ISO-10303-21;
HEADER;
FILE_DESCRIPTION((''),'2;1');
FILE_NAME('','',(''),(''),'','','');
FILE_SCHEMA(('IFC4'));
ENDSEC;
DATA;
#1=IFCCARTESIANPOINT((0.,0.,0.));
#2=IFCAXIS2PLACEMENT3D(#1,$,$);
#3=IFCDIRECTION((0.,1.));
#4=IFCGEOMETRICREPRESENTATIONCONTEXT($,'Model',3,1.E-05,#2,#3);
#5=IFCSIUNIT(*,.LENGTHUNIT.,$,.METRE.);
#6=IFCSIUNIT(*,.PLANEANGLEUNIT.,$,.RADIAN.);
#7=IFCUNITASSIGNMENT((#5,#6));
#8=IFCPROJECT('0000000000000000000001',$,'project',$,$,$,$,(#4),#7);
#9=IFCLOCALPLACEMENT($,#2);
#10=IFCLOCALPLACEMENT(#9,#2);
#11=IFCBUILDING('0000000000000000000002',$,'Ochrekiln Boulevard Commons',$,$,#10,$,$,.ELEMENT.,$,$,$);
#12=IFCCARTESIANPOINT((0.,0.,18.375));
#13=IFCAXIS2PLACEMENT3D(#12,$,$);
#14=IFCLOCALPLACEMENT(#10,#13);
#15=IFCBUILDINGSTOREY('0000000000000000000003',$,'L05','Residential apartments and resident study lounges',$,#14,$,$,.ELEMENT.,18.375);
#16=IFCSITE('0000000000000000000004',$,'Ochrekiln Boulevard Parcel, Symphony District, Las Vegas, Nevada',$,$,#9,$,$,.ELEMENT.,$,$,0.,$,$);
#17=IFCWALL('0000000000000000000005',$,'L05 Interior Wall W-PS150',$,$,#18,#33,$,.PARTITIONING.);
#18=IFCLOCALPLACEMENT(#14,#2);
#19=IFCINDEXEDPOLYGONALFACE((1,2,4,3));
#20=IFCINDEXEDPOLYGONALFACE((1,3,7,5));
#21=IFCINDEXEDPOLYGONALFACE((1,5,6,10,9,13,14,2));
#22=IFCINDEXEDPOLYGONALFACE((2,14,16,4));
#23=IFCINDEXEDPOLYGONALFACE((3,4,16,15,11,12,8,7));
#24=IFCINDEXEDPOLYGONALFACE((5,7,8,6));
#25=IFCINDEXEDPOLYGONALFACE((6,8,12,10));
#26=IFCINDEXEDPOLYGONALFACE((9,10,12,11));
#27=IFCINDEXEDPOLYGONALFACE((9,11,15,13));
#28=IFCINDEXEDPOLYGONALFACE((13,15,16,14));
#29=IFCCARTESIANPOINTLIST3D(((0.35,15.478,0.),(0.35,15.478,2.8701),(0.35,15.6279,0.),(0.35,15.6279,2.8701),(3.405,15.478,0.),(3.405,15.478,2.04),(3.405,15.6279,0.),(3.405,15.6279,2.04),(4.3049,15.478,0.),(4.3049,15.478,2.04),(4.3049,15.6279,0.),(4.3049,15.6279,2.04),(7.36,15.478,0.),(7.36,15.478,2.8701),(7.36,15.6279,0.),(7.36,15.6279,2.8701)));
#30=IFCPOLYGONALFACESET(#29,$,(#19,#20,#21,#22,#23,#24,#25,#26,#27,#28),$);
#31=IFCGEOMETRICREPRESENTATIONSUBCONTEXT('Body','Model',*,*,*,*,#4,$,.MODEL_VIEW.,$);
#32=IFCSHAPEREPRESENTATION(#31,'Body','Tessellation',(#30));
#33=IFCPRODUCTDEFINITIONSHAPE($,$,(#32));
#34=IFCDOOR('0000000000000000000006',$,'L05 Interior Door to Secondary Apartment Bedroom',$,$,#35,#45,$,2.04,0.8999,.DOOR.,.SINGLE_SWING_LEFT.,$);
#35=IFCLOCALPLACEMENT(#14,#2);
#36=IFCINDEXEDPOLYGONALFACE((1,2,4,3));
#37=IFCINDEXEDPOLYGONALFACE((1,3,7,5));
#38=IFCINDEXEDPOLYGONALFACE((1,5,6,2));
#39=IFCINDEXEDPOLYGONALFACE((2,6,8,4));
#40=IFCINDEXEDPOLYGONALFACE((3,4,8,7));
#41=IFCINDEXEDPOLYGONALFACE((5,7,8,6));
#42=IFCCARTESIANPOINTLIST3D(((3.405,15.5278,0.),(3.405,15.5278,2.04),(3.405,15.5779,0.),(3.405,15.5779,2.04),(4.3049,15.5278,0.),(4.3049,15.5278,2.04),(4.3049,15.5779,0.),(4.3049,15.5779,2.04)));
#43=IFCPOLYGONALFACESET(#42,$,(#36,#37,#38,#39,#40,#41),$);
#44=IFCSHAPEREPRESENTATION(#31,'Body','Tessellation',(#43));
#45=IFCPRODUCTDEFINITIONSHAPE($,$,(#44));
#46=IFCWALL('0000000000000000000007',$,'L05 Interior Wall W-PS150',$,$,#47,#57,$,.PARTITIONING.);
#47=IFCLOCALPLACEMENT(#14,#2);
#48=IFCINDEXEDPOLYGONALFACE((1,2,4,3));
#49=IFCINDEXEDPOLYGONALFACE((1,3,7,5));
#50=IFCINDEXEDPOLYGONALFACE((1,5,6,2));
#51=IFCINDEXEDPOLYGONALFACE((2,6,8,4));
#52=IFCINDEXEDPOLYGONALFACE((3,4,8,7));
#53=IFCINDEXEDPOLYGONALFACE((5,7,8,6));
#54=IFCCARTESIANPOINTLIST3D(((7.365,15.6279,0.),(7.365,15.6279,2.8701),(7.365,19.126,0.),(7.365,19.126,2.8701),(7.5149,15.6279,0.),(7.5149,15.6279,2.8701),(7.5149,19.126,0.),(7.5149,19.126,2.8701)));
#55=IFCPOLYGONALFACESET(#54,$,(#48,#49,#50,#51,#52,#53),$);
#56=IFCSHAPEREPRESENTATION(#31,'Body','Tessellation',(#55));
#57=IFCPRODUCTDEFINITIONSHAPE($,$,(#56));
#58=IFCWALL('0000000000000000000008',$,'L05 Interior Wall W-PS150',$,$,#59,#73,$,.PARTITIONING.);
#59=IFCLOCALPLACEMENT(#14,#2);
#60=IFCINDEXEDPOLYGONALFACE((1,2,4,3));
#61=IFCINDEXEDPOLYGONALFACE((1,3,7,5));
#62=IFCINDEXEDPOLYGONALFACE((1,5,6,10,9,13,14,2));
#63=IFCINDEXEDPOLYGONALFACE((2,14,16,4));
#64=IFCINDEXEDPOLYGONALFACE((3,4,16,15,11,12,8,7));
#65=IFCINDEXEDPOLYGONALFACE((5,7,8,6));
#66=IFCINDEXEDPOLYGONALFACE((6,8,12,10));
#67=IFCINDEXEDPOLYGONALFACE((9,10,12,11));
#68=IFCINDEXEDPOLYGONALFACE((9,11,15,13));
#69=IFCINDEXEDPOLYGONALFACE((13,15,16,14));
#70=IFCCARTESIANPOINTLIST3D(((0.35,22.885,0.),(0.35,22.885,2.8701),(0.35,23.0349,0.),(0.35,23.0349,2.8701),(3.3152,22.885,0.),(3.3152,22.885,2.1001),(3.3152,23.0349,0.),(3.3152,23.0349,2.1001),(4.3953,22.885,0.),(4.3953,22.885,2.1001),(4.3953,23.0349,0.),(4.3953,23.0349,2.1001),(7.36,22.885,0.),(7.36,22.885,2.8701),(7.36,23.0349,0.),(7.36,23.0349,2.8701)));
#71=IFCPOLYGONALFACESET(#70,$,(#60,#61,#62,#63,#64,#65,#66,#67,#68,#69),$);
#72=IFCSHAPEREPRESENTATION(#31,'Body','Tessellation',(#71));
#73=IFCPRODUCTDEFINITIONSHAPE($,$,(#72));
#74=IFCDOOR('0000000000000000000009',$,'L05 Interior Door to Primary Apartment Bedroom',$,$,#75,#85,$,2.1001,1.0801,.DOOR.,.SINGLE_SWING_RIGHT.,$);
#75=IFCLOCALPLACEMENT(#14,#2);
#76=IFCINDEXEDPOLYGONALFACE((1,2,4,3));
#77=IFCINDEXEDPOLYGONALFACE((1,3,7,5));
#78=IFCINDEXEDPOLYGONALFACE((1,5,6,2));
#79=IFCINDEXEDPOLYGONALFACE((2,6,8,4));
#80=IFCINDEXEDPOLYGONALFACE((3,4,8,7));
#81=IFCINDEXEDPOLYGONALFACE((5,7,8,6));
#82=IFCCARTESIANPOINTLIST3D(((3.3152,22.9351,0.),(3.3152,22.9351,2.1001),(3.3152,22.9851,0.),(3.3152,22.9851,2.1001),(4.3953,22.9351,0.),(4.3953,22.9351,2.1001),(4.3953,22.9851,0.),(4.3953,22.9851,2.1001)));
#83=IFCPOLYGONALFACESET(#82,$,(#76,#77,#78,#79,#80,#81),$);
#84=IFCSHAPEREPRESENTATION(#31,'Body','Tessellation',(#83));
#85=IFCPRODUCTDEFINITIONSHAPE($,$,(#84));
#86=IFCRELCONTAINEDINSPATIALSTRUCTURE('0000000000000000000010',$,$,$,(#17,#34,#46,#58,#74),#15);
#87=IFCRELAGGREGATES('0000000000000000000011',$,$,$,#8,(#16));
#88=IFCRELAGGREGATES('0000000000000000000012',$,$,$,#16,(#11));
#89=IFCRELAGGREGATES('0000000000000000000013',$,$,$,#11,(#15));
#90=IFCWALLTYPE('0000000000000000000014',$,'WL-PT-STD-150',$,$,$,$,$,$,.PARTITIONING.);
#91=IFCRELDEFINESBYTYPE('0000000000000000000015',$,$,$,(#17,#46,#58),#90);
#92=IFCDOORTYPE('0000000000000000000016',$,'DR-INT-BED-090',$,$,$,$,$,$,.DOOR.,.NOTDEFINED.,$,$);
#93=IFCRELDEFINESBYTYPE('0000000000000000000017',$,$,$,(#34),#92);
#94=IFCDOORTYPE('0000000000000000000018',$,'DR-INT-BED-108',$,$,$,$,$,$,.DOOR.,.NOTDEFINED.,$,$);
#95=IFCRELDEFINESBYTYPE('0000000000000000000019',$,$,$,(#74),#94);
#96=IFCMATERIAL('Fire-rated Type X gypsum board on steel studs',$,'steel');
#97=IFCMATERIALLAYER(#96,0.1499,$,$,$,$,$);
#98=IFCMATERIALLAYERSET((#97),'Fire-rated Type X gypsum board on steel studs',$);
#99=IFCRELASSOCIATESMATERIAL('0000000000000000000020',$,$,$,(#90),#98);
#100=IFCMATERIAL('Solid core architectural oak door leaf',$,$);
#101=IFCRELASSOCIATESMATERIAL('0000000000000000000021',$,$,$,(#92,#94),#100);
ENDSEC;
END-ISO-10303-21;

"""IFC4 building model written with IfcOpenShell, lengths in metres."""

from ifc_helpers import new_model, si_unit, direction, frame, frame_2d, origin, place, context, subcontext, project, spatial, rectangle, extrude, material, layer, layer_set, type_object, element, fill, save


model = new_model("IFC4")

# Units and contexts
model_context = context("Model", 3, precision=1e-05, world=origin(), true_north=direction((0.0, 1.0)))
body_context = subcontext(model_context, "Body", "Model", "MODEL_VIEW")
ifc_project = project(units=[si_unit("LENGTHUNIT", "METRE"), si_unit("PLANEANGLEUNIT", "RADIAN")], contexts=[model_context])

# Site, building, storey
site_placement = place(None, origin())
site = spatial("IfcSite", under=ifc_project, at=site_placement, Name="Ochrekiln Boulevard Parcel, Symphony District, Las Vegas, Nevada", CompositionType="ELEMENT", RefElevation=0.0)
building_placement = place(site_placement, origin())
building = spatial("IfcBuilding", under=site, at=building_placement, Name="Ochrekiln Boulevard Commons", CompositionType="ELEMENT")
storey_placement = place(building_placement, frame((0.0, 0.0, 18.375)))
storey = spatial("IfcBuildingStorey", under=building, at=storey_placement, Name="L05", Description="Residential apartments and resident study lounges", CompositionType="ELEMENT", Elevation=18.375)

# Shared definitions
ifc_material_1 = material(Name="Fire-rated Type X gypsum board on steel studs", Category="steel")

# Wall, opening, door
ifc_material_2 = material(Name="Solid core architectural oak door leaf")
ifc_layer_1 = layer(ifc_material_1, 0.1499)
ifc_layer_set_1 = layer_set([ifc_layer_1], Name="Fire-rated Type X gypsum board on steel studs")
wall_type_1 = type_object("IfcWallType", Name="WL-PT-STD-150", PredefinedType="PARTITIONING", material=ifc_layer_set_1)
wall_1_placement = place(storey_placement, frame((0.3501, 15.553, 0.0), z_axis=(0.0, 0.0, 1.0), x_axis=(1.0, 0.0, 0.0)))
wall_1 = element("IfcWall", 1, at=wall_1_placement, inside=storey, type_object=wall_type_1, Name="L05 Interior Wall W-PS150", PredefinedType="PARTITIONING", context=body_context, shape_type="SweptSolid", body=[
    extrude(rectangle(XDim=7.01, YDim=0.1499, at=frame_2d((3.5049, 0.0))), origin(), (0.0, 0.0, 1.0), 2.8701),
])
opening_1_placement = place(wall_1_placement, frame((3.0549, 0.0, 0.0)))
opening_1 = element("IfcOpeningElement", 2, at=opening_1_placement, cuts=wall_1, PredefinedType="OPENING", context=body_context, shape_type="SweptSolid", body=[
    extrude(rectangle(XDim=0.8999, YDim=2.04, at=frame_2d((0.45, 1.02))), frame((0.0, 0.085, 0.0), z_axis=(0.0, -1.0, 0.0), x_axis=(1.0, 0.0, 0.0)), (0.0, 0.0, 1.0), 0.1699),
])
door_type_1 = type_object("IfcDoorType", Name="DR-INT-BED-090", OperationType="NOTDEFINED", PredefinedType="DOOR", material=ifc_material_2)
door_1_placement = place(opening_1_placement, origin())
door_1 = element("IfcDoor", 3, at=door_1_placement, inside=storey, type_object=door_type_1, Name="L05 Interior Door to Secondary Apartment Bedroom", OperationType="SINGLE_SWING_LEFT", OverallHeight=2.04, OverallWidth=0.8999, PredefinedType="DOOR", context=body_context, shape_type="SweptSolid", body=[
    extrude(rectangle(XDim=0.8999, YDim=2.04, at=frame_2d((0.45, 1.02))), frame((0.0, 0.0249, 0.0), z_axis=(0.0, -1.0, 0.0), x_axis=(1.0, 0.0, 0.0)), (0.0, 0.0, 1.0), 0.05),
])
fill(opening_1, door_1)

# Wall
wall_2_placement = place(storey_placement, frame((7.4399, 15.6279, 0.0), z_axis=(0.0, 0.0, 1.0), x_axis=(0.0, 1.0, 0.0)))
element("IfcWall", 4, at=wall_2_placement, inside=storey, type_object=wall_type_1, Name="L05 Interior Wall W-PS150", PredefinedType="PARTITIONING", context=body_context, shape_type="SweptSolid", body=[
    extrude(rectangle(XDim=3.498, YDim=0.1499, at=frame_2d((1.749, 0.0))), origin(), (0.0, 0.0, 1.0), 2.8701),
])

# Wall, opening, door
wall_3_placement = place(storey_placement, frame((0.3501, 22.96, 0.0), z_axis=(0.0, 0.0, 1.0), x_axis=(1.0, 0.0, 0.0)))
wall_3 = element("IfcWall", 5, at=wall_3_placement, inside=storey, type_object=wall_type_1, Name="L05 Interior Wall W-PS150", PredefinedType="PARTITIONING", context=body_context, shape_type="SweptSolid", body=[
    extrude(rectangle(XDim=7.01, YDim=0.1499, at=frame_2d((3.5049, 0.0))), origin(), (0.0, 0.0, 1.0), 2.8701),
])
opening_2_placement = place(wall_3_placement, frame((2.9651, 0.0, 0.0)))
opening_2 = element("IfcOpeningElement", 6, at=opening_2_placement, cuts=wall_3, PredefinedType="OPENING", context=body_context, shape_type="SweptSolid", body=[
    extrude(rectangle(XDim=1.0801, YDim=2.1001, at=frame_2d((0.54, 1.05))), frame((0.0, 0.085, 0.0), z_axis=(0.0, -1.0, 0.0), x_axis=(1.0, 0.0, 0.0)), (0.0, 0.0, 1.0), 0.1699),
])
door_type_2 = type_object("IfcDoorType", Name="DR-INT-BED-108", OperationType="NOTDEFINED", PredefinedType="DOOR", material=ifc_material_2)
door_2_placement = place(opening_2_placement, frame((1.0801, 0.0, 0.0), z_axis=(0.0, 0.0, 1.0), x_axis=(-1.0, 0.0, 0.0)))
door_2 = element("IfcDoor", 7, at=door_2_placement, inside=storey, type_object=door_type_2, Name="L05 Interior Door to Primary Apartment Bedroom", OperationType="SINGLE_SWING_RIGHT", OverallHeight=2.1001, OverallWidth=1.0801, PredefinedType="DOOR", context=body_context, shape_type="SweptSolid", body=[
    extrude(rectangle(XDim=1.0801, YDim=2.1001, at=frame_2d((0.54, 1.05))), frame((0.0, 0.0249, 0.0), z_axis=(0.0, -1.0, 0.0), x_axis=(1.0, 0.0, 0.0)), (0.0, 0.0, 1.0), 0.05),
])
fill(opening_2, door_2)

save(model, "model.ifc")
